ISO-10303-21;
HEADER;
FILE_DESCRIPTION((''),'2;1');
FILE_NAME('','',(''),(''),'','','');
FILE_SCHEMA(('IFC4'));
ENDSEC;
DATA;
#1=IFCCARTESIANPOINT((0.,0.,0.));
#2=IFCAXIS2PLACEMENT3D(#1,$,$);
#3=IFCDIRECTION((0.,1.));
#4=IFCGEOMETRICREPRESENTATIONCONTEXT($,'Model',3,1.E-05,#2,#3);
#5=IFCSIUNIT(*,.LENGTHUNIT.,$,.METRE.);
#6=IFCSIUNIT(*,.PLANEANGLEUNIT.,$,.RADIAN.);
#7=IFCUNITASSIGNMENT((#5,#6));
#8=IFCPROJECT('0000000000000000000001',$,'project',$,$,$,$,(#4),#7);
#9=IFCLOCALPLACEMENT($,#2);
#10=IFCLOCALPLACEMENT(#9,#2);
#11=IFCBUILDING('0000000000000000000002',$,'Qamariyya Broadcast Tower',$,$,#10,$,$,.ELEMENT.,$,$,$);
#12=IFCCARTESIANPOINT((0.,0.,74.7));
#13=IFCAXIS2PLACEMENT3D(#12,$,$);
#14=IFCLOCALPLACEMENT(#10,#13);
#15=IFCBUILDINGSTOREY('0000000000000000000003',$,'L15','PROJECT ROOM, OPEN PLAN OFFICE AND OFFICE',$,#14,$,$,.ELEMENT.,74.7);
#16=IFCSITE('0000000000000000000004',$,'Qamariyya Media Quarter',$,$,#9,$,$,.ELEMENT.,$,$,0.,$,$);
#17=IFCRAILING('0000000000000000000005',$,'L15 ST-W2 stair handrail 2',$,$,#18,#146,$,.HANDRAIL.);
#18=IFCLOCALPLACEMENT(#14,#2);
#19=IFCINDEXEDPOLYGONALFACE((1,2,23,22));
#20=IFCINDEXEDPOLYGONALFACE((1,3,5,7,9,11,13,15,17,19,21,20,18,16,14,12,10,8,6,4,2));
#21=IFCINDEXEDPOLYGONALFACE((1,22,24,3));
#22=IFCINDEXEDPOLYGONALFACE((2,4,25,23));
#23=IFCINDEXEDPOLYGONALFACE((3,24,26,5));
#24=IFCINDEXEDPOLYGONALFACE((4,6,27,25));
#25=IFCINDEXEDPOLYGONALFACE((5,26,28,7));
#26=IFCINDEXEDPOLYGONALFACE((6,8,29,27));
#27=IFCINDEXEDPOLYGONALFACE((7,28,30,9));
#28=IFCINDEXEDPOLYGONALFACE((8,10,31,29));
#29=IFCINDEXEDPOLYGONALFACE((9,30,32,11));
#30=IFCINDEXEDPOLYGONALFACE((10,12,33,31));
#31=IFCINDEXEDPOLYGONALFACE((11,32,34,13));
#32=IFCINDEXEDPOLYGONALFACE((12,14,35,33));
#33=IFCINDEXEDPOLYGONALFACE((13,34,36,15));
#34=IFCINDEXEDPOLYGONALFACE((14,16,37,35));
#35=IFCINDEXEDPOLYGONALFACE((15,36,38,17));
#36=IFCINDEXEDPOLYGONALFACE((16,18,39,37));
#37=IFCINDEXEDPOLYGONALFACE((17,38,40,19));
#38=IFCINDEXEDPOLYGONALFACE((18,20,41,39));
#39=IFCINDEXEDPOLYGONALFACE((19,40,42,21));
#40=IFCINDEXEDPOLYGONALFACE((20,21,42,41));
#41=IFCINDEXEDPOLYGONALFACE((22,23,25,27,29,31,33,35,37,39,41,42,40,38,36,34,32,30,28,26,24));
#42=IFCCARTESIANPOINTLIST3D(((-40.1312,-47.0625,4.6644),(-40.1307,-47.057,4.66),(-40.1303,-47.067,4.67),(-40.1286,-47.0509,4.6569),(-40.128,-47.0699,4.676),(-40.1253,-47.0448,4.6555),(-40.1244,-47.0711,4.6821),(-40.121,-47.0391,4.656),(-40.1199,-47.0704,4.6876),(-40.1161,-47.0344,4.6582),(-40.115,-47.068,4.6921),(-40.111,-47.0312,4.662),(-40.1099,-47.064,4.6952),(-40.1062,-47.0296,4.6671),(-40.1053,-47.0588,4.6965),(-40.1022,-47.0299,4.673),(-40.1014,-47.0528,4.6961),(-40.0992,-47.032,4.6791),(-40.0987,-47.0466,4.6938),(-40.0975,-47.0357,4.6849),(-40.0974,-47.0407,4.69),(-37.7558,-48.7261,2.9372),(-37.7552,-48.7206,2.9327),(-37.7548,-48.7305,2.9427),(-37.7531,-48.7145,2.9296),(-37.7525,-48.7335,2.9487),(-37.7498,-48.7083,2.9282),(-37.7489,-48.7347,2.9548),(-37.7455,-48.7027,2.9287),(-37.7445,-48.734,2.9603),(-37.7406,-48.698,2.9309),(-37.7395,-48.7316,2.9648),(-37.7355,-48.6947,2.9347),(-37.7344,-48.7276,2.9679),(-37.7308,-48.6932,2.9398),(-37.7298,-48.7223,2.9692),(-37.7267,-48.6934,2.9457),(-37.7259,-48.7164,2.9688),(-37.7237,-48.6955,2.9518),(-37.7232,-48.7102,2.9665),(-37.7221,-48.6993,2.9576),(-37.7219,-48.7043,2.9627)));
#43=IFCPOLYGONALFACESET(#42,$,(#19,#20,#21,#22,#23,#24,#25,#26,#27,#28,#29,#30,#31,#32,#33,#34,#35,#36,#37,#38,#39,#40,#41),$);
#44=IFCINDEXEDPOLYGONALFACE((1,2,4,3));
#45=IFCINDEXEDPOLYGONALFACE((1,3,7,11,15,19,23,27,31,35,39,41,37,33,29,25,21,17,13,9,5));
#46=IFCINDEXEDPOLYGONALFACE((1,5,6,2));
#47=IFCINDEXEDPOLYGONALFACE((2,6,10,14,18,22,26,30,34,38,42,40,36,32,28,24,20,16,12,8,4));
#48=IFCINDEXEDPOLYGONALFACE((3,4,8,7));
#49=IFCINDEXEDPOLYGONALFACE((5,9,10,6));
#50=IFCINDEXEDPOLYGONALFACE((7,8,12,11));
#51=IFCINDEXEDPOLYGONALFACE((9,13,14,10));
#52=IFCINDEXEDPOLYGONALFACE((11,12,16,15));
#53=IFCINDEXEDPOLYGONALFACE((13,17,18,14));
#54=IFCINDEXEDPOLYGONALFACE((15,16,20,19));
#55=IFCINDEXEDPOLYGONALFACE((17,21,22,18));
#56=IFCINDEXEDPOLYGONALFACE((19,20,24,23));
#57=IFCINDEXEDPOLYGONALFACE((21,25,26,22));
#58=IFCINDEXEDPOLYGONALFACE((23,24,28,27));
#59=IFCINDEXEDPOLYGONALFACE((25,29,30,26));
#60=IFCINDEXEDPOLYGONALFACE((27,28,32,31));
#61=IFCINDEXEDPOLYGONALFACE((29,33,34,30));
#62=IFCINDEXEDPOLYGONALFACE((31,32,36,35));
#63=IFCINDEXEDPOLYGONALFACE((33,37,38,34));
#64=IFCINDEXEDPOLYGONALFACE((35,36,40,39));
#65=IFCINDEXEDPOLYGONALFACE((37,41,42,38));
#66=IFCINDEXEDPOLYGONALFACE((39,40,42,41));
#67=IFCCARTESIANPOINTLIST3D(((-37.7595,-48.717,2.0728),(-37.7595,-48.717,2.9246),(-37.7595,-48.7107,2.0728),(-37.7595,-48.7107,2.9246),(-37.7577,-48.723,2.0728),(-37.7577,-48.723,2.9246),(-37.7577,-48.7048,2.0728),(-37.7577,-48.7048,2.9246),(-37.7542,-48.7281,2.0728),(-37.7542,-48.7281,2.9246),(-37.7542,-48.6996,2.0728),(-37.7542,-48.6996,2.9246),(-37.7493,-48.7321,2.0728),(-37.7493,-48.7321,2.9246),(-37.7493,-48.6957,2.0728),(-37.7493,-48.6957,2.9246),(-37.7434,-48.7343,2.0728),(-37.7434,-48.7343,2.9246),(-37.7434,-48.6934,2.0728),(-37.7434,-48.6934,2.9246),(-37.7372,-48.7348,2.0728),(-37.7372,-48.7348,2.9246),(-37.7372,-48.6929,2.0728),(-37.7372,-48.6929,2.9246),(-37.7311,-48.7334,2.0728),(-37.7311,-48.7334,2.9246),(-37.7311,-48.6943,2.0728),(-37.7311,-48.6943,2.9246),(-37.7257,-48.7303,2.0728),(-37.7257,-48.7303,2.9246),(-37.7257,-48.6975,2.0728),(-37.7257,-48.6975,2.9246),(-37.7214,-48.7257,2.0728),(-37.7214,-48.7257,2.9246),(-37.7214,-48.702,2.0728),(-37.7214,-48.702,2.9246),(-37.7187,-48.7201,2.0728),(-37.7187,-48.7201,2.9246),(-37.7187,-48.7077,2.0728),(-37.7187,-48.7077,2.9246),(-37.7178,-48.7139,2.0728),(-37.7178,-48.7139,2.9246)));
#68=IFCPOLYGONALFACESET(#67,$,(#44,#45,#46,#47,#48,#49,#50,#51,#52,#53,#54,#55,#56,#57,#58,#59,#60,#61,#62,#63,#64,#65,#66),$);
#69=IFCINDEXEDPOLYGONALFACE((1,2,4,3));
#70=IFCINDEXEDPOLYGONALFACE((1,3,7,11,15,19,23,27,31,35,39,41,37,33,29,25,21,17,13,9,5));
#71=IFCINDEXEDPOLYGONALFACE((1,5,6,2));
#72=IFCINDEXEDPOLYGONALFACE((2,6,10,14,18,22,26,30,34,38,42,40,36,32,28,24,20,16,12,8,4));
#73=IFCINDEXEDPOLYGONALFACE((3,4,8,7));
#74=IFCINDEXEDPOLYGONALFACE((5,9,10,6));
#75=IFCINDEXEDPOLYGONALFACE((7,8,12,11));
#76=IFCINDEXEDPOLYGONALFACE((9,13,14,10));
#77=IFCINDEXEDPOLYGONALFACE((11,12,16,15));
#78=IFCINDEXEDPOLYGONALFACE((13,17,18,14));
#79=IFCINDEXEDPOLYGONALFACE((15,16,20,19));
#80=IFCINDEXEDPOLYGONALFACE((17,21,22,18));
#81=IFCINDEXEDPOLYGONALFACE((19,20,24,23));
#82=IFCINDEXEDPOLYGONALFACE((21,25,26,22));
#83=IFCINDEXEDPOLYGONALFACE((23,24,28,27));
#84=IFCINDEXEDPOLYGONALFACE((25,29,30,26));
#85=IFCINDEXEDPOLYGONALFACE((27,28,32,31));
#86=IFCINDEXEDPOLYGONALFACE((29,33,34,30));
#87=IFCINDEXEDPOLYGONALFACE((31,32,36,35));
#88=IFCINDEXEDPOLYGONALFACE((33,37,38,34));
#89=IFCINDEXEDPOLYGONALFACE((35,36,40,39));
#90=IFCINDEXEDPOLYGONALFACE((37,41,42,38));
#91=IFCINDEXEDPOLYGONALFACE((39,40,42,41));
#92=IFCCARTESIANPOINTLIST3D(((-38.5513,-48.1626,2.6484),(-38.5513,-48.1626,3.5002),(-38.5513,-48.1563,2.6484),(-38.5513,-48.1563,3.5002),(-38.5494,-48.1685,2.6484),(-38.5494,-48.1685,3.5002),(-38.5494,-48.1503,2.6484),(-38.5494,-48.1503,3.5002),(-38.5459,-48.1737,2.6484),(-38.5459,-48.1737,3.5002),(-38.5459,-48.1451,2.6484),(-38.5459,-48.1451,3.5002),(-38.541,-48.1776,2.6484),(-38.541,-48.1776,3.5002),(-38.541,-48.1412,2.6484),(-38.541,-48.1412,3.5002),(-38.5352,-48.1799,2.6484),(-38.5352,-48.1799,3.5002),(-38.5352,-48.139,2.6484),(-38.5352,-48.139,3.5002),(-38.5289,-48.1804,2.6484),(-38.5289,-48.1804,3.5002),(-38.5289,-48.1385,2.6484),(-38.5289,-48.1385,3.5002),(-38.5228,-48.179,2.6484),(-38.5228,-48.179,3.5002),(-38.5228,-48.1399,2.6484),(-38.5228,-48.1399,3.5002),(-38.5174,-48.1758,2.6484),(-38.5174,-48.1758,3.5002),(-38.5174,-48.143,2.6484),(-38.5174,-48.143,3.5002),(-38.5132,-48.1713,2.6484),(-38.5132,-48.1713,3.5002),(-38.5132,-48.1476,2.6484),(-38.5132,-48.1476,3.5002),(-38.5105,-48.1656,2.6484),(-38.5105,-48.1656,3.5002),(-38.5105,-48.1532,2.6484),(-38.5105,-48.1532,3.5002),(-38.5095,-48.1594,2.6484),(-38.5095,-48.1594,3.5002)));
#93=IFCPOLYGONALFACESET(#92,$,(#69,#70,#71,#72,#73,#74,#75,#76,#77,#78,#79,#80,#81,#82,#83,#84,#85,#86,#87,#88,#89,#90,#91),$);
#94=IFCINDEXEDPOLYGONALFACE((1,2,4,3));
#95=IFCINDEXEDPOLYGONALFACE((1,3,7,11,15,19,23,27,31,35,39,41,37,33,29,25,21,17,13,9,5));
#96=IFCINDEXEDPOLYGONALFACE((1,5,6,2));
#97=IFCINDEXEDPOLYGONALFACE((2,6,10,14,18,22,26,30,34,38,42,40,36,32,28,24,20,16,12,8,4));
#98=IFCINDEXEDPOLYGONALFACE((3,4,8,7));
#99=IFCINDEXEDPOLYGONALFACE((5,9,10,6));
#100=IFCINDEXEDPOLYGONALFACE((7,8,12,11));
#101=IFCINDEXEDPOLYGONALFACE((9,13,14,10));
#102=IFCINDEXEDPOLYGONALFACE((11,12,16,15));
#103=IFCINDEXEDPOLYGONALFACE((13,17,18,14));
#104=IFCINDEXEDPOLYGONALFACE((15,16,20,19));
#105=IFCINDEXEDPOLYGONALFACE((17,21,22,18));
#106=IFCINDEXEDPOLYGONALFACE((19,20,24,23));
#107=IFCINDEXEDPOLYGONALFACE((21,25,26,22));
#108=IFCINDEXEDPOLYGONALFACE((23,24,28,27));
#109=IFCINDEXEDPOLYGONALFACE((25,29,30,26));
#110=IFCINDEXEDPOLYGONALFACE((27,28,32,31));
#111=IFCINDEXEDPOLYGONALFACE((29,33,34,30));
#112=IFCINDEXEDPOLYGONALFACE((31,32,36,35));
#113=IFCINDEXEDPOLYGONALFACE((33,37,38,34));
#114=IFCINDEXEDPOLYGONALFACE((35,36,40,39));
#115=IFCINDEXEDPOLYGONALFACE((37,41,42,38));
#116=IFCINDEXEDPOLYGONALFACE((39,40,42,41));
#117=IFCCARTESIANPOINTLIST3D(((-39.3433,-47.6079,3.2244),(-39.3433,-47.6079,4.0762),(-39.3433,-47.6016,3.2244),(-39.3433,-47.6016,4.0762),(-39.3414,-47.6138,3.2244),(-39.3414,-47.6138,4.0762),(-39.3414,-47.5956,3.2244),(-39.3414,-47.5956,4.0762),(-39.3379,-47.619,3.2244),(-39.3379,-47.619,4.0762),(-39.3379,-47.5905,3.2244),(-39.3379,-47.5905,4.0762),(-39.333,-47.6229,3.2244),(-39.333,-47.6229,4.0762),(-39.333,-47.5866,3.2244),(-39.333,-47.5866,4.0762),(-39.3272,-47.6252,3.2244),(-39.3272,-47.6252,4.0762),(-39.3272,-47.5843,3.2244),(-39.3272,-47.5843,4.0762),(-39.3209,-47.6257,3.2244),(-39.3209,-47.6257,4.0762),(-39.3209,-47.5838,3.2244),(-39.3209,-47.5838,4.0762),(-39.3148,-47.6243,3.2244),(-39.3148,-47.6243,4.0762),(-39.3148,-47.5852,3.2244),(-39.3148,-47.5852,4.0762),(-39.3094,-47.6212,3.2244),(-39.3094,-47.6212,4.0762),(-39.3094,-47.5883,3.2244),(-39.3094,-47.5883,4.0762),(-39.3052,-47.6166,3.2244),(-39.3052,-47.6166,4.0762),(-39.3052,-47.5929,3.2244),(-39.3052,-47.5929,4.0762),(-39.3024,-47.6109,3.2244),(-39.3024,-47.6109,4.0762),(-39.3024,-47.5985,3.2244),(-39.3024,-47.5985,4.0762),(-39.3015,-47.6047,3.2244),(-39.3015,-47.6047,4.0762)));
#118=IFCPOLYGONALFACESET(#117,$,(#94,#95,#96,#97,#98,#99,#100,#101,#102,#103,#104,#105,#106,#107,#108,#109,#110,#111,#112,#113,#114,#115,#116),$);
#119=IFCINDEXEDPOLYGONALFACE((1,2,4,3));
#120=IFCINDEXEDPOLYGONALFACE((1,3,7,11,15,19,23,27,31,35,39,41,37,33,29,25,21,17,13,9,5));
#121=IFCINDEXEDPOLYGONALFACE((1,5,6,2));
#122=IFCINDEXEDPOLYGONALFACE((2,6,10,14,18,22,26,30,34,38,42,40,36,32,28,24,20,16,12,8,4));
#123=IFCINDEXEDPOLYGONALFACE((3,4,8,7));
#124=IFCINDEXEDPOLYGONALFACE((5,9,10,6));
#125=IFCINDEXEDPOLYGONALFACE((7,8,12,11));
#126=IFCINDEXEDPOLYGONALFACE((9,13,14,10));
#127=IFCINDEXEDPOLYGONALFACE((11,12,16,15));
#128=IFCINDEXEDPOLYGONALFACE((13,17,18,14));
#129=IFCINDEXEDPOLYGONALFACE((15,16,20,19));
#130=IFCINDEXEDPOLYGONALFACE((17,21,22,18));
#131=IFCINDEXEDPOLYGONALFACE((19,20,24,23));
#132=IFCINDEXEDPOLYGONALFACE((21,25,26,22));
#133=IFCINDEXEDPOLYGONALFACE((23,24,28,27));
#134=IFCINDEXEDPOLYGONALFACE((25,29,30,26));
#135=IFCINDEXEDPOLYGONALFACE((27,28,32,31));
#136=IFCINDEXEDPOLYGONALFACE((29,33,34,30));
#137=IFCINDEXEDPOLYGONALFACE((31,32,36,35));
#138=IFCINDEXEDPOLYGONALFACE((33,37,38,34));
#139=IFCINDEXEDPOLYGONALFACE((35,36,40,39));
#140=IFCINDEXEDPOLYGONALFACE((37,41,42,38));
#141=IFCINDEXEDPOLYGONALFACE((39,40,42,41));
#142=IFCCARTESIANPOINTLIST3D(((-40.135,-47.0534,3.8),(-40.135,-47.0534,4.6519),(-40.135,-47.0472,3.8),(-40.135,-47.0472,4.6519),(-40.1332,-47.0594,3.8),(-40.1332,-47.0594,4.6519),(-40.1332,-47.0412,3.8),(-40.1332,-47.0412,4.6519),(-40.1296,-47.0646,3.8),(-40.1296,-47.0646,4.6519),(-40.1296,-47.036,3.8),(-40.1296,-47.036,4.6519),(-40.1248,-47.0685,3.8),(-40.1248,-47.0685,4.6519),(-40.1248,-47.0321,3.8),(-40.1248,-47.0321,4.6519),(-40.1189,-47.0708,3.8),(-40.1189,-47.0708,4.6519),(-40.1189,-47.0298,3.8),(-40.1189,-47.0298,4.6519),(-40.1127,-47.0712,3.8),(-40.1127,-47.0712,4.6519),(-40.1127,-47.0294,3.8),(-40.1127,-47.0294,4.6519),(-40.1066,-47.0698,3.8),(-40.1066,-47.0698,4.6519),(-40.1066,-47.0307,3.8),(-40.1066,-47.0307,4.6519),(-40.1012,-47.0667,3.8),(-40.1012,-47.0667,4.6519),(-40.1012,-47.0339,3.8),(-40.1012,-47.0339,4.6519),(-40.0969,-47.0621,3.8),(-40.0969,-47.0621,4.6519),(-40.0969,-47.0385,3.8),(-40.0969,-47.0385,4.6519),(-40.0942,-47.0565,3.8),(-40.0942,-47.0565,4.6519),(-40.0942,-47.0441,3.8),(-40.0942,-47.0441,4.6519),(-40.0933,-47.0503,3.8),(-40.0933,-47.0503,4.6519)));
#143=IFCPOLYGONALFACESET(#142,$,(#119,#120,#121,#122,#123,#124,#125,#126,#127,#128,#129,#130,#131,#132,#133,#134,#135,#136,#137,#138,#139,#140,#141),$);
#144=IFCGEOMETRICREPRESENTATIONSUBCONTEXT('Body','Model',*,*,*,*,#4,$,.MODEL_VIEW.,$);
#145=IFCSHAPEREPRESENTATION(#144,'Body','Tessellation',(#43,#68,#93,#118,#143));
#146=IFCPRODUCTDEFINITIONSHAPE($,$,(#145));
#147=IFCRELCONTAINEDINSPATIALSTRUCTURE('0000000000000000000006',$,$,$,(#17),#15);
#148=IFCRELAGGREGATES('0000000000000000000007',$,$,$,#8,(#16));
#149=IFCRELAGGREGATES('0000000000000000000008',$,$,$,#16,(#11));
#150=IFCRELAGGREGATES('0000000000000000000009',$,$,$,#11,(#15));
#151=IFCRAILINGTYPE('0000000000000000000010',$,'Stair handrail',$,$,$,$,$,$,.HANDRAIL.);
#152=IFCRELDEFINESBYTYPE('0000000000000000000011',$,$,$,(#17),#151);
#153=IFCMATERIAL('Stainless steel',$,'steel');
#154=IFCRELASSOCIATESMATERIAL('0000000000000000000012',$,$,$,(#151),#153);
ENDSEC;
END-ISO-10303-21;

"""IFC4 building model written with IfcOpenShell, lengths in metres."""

from ifc_helpers import new_model, si_unit, direction, frame, origin, origin_2d, place, context, subcontext, project, spatial, circle, extrude, material, type_object, element, save


model = new_model("IFC4")

# Units and contexts
model_context = context("Model", 3, precision=1e-05, world=origin(), true_north=direction((0.0, 1.0)))
body_context = subcontext(model_context, "Body", "Model", "MODEL_VIEW")
ifc_project = project(units=[si_unit("LENGTHUNIT", "METRE"), si_unit("PLANEANGLEUNIT", "RADIAN")], contexts=[model_context])

# Site, building, storey
site_placement = place(None, origin())
site = spatial("IfcSite", under=ifc_project, at=site_placement, Name="Qamariyya Media Quarter", CompositionType="ELEMENT", RefElevation=0.0)
building_placement = place(site_placement, origin())
building = spatial("IfcBuilding", under=site, at=building_placement, Name="Qamariyya Broadcast Tower", CompositionType="ELEMENT")
storey_placement = place(building_placement, frame((0.0, 0.0, 74.7)))
storey = spatial("IfcBuildingStorey", under=building, at=storey_placement, Name="L15", Description="PROJECT ROOM, OPEN PLAN OFFICE AND OFFICE", CompositionType="ELEMENT", Elevation=74.7)

# Railing
ifc_material_1 = material(Name="Stainless steel", Category="steel")
railing_type_1 = type_object("IfcRailingType", Name="Stair handrail", PredefinedType="HANDRAIL", material=ifc_material_1)
railing_1_placement = place(storey_placement, frame((-37.7388, -48.7139, 2.0728)))
element("IfcRailing", 1, at=railing_1_placement, inside=storey, type_object=railing_type_1, Name="L15 ST-W2 stair handrail 2", PredefinedType="HANDRAIL", context=body_context, shape_type="SweptSolid", body=[
    extrude(circle(Radius=0.0239, at=origin_2d()), frame((0.0, 0.0, 0.876), z_axis=(-0.703745, 0.492838, 0.511716), x_axis=(-0.573632, -0.819113, 0.0)), (0.0, 0.0, 1.0), 3.3755),
    extrude(circle(Radius=0.021, at=origin_2d()), origin(), (0.0, 0.0, 1.0), 0.8518),
    extrude(circle(Radius=0.021, at=origin_2d()), frame((-0.7917, 0.5544, 0.5757)), (0.0, 0.0, 1.0), 0.8518),
    extrude(circle(Radius=0.021, at=origin_2d()), frame((-1.5837, 1.1091, 1.1516)), (0.0, 0.0, 1.0), 0.8518),
    extrude(circle(Radius=0.021, at=origin_2d()), frame((-2.3755, 1.6636, 1.7273)), (0.0, 0.0, 1.0), 0.8518),
])

save(model, "model.ifc")
